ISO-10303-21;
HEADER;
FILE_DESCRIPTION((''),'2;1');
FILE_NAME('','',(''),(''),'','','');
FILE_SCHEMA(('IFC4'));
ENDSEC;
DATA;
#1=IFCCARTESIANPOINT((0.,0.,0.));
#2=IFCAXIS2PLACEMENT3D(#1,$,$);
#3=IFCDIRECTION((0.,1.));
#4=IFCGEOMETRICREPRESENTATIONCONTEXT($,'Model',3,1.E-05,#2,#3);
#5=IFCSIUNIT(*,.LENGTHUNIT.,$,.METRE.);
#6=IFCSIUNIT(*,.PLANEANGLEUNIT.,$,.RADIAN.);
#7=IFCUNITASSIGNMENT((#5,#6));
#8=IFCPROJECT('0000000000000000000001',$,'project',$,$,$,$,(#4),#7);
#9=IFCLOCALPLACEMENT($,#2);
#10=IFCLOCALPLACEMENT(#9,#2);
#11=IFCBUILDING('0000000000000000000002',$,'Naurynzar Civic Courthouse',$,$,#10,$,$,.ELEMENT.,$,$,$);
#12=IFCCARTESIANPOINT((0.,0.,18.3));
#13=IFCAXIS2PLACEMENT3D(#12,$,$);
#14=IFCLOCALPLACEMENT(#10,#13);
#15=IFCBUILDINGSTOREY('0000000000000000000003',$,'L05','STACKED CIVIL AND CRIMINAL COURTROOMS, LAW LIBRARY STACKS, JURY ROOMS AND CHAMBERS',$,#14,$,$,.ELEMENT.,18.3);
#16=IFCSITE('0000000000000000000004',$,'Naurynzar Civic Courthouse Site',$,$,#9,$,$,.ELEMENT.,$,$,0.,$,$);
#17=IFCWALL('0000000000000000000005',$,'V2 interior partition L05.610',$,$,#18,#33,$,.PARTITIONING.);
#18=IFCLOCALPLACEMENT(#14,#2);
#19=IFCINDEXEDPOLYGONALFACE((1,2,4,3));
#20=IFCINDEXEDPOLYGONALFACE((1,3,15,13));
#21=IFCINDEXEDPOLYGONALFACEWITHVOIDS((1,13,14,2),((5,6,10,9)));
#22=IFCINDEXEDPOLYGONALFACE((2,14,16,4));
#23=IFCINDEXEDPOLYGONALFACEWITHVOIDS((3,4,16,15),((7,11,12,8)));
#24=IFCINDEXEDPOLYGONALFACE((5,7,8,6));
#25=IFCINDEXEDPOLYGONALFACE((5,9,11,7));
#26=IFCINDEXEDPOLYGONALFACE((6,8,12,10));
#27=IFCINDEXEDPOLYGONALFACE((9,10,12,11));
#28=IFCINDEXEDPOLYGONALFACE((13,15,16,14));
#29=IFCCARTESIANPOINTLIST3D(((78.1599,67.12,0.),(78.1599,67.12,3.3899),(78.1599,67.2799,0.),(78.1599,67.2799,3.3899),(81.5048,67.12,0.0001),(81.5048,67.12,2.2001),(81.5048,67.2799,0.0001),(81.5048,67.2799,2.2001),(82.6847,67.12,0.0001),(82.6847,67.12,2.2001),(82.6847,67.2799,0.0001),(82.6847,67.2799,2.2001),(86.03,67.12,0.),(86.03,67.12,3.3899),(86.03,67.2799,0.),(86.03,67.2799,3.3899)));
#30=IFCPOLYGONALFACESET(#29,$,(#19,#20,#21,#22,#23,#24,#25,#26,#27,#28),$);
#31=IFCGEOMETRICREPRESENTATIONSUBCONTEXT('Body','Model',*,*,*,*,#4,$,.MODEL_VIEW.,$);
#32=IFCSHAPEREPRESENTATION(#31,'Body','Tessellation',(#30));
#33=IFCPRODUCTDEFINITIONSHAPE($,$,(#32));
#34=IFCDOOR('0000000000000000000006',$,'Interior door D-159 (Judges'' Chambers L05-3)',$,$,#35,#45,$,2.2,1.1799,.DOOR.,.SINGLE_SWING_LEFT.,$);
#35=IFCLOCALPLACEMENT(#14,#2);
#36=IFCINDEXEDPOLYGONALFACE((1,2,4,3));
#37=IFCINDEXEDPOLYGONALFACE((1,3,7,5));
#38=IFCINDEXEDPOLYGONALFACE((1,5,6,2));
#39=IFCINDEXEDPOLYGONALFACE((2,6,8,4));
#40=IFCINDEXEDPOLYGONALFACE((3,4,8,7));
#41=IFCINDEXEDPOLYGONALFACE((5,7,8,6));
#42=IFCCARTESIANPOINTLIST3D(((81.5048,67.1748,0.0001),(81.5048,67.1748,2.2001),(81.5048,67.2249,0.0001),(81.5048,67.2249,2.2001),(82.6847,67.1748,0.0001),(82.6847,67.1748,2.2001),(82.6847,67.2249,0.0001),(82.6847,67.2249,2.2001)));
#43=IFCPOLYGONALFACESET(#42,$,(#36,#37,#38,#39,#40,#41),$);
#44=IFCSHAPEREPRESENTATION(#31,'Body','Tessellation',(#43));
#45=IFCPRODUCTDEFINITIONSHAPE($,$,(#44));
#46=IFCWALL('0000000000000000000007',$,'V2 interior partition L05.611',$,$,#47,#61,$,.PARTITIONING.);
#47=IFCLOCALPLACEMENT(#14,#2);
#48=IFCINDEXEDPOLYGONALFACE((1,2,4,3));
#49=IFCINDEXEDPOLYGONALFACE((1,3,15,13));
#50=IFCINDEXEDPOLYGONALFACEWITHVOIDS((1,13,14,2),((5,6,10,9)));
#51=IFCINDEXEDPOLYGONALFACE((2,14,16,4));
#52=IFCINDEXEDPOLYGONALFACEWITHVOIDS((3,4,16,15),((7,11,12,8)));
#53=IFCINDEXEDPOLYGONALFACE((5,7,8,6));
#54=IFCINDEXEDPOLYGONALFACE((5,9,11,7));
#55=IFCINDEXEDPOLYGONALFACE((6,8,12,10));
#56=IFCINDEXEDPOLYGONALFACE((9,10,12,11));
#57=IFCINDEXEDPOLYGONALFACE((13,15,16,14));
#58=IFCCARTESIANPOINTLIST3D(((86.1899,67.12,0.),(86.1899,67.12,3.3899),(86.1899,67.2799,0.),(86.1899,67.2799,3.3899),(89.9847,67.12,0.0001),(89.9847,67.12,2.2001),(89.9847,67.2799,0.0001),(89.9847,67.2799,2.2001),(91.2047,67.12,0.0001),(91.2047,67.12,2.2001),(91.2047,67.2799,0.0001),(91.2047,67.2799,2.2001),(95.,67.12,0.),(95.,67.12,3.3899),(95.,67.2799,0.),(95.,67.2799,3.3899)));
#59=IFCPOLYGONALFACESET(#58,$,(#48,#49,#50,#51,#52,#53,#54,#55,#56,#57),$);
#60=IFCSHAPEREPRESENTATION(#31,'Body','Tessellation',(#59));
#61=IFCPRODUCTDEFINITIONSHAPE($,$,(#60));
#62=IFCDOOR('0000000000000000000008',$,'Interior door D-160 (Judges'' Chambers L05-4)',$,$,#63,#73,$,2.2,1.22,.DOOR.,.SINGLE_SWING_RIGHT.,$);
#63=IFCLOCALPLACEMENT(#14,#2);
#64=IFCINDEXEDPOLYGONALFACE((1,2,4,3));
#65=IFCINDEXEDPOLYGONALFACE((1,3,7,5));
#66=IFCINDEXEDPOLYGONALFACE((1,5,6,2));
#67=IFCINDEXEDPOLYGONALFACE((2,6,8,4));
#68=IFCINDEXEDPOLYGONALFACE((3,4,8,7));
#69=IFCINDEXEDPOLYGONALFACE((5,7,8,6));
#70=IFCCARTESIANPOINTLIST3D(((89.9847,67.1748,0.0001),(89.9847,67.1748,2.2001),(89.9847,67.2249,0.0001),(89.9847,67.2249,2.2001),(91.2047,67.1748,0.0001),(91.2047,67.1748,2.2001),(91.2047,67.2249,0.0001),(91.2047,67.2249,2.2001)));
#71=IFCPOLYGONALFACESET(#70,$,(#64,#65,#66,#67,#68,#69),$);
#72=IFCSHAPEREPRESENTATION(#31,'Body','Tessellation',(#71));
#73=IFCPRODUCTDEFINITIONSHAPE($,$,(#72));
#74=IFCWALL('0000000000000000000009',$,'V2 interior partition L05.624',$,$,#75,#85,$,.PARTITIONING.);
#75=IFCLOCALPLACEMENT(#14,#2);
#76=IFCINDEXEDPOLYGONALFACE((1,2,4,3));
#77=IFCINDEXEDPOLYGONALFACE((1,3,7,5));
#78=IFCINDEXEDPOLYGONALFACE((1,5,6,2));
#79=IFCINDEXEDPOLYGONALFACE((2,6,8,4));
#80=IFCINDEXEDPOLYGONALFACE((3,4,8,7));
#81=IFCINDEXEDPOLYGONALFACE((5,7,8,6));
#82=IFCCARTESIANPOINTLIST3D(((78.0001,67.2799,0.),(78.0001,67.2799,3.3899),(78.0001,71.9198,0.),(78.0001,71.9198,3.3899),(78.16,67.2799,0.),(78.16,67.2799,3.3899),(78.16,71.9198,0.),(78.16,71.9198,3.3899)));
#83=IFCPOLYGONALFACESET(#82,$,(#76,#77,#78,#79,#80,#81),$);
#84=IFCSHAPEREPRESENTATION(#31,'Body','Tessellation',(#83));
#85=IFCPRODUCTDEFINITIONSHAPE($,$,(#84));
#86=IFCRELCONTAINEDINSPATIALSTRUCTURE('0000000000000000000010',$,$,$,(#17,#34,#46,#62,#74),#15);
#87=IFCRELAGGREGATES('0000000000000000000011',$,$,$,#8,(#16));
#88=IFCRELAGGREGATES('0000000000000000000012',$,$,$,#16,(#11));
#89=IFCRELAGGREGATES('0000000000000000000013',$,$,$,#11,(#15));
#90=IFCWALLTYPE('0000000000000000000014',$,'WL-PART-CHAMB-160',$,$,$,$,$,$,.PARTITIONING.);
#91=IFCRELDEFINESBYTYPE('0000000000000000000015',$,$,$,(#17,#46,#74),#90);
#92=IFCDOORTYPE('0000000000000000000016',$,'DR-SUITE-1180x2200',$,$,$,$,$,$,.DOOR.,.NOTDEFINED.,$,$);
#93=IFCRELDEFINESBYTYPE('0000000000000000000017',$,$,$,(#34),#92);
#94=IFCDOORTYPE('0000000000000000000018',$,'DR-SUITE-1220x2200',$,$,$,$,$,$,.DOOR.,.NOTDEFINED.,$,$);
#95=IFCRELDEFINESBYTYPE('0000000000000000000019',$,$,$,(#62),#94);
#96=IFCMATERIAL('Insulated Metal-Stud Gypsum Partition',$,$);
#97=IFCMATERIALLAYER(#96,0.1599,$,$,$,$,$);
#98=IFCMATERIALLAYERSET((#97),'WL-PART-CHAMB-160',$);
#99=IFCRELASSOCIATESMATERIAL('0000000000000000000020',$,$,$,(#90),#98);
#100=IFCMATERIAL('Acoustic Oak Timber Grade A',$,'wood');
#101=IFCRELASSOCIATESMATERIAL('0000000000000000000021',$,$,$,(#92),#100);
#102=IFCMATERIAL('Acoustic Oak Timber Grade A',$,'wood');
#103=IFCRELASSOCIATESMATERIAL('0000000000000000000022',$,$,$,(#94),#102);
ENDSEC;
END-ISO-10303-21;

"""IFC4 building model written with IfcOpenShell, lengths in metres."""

from ifc_helpers import new_model, si_unit, direction, frame, frame_2d, origin, place, context, subcontext, project, spatial, rectangle, extrude, material, layer, layer_set, type_object, element, fill, save


model = new_model("IFC4")

# Units and contexts
model_context = context("Model", 3, precision=1e-05, world=origin(), true_north=direction((0.0, 1.0)))
body_context = subcontext(model_context, "Body", "Model", "MODEL_VIEW")
ifc_project = project(units=[si_unit("LENGTHUNIT", "METRE"), si_unit("PLANEANGLEUNIT", "RADIAN")], contexts=[model_context])

# Site, building, storey
site_placement = place(None, origin())
site = spatial("IfcSite", under=ifc_project, at=site_placement, Name="Naurynzar Civic Courthouse Site", CompositionType="ELEMENT", RefElevation=0.0)
building_placement = place(site_placement, origin())
building = spatial("IfcBuilding", under=site, at=building_placement, Name="Naurynzar Civic Courthouse", CompositionType="ELEMENT")
storey_placement = place(building_placement, frame((0.0, 0.0, 18.3)))
storey = spatial("IfcBuildingStorey", under=building, at=storey_placement, Name="L05", Description="STACKED CIVIL AND CRIMINAL COURTROOMS, LAW LIBRARY STACKS, JURY ROOMS AND CHAMBERS", CompositionType="ELEMENT", Elevation=18.3)

# Walls, openings, doors
ifc_material_1 = material(Name="Insulated Metal-Stud Gypsum Partition")
ifc_layer = layer(ifc_material_1, 0.1599)
ifc_layer_set = layer_set([ifc_layer], Name="WL-PART-CHAMB-160")
wall_type = type_object("IfcWallType", Name="WL-PART-CHAMB-160", PredefinedType="PARTITIONING", material=ifc_layer_set)
wall_1_placement = place(storey_placement, frame((78.1599, 67.2, 0.0), z_axis=(0.0, 0.0, 1.0), x_axis=(1.0, 0.0, 0.0)))
wall_1 = element("IfcWall", 1, at=wall_1_placement, inside=storey, type_object=wall_type, Name="V2 interior partition L05.610", PredefinedType="PARTITIONING", context=body_context, shape_type="SweptSolid", body=[
    extrude(rectangle(XDim=7.8701, YDim=0.1599, at=frame_2d((3.9351, 0.0))), origin(), (0.0, 0.0, 1.0), 3.3899),
])
opening_1_placement = place(wall_1_placement, frame((3.345, 0.0, 0.0)))
opening_1 = element("IfcOpeningElement", 2, at=opening_1_placement, cuts=wall_1, PredefinedType="OPENING", context=body_context, shape_type="SweptSolid", body=[
    extrude(rectangle(XDim=1.1799, YDim=2.2, at=frame_2d((0.5898, 1.1001))), frame((0.0, 0.0898, 0.0), z_axis=(0.0, -1.0, 0.0), x_axis=(1.0, 0.0, 0.0)), (0.0, 0.0, 1.0), 0.1799),
])
ifc_material_2 = material(Name="Acoustic Oak Timber Grade A", Category="wood")
door_type_1 = type_object("IfcDoorType", Name="DR-SUITE-1180x2200", OperationType="NOTDEFINED", PredefinedType="DOOR", material=ifc_material_2)
door_1_placement = place(opening_1_placement, origin())
door_1 = element("IfcDoor", 3, at=door_1_placement, inside=storey, type_object=door_type_1, Name="Interior door D-159 (Judges' Chambers L05-3)", OperationType="SINGLE_SWING_LEFT", OverallHeight=2.2, OverallWidth=1.1799, PredefinedType="DOOR", context=body_context, shape_type="SweptSolid", body=[
    extrude(rectangle(XDim=1.1799, YDim=2.2, at=frame_2d((0.5898, 1.1001))), frame((0.0, 0.0249, 0.0), z_axis=(0.0, -1.0, 0.0), x_axis=(1.0, 0.0, 0.0)), (0.0, 0.0, 1.0), 0.05),
])
fill(opening_1, door_1)
wall_2_placement = place(storey_placement, frame((86.1899, 67.2, 0.0), z_axis=(0.0, 0.0, 1.0), x_axis=(1.0, 0.0, 0.0)))
wall_2 = element("IfcWall", 4, at=wall_2_placement, inside=storey, type_object=wall_type, Name="V2 interior partition L05.611", PredefinedType="PARTITIONING", context=body_context, shape_type="SweptSolid", body=[
    extrude(rectangle(XDim=8.8101, YDim=0.1599, at=frame_2d((4.405, 0.0))), origin(), (0.0, 0.0, 1.0), 3.3899),
])
opening_2_placement = place(wall_2_placement, frame((3.7949, 0.0, 0.0)))
opening_2 = element("IfcOpeningElement", 5, at=opening_2_placement, cuts=wall_2, PredefinedType="OPENING", context=body_context, shape_type="SweptSolid", body=[
    extrude(rectangle(XDim=1.22, YDim=2.2, at=frame_2d((0.6099, 1.1001))), frame((0.0, 0.0898, 0.0), z_axis=(0.0, -1.0, 0.0), x_axis=(1.0, 0.0, 0.0)), (0.0, 0.0, 1.0), 0.1799),
])
ifc_material_3 = material(Name="Acoustic Oak Timber Grade A", Category="wood")
door_type_2 = type_object("IfcDoorType", Name="DR-SUITE-1220x2200", OperationType="NOTDEFINED", PredefinedType="DOOR", material=ifc_material_3)
door_2_placement = place(opening_2_placement, origin())
door_2 = element("IfcDoor", 6, at=door_2_placement, inside=storey, type_object=door_type_2, Name="Interior door D-160 (Judges' Chambers L05-4)", OperationType="SINGLE_SWING_RIGHT", OverallHeight=2.2, OverallWidth=1.22, PredefinedType="DOOR", context=body_context, shape_type="SweptSolid", body=[
    extrude(rectangle(XDim=1.22, YDim=2.2, at=frame_2d((0.6099, 1.1001))), frame((0.0, 0.0249, 0.0), z_axis=(0.0, -1.0, 0.0), x_axis=(1.0, 0.0, 0.0)), (0.0, 0.0, 1.0), 0.05),
])
fill(opening_2, door_2)

# Wall
wall_3_placement = place(storey_placement, frame((78.0801, 67.28, 0.0), z_axis=(0.0, 0.0, 1.0), x_axis=(0.0, 1.0, 0.0)))
element("IfcWall", 7, at=wall_3_placement, inside=storey, type_object=wall_type, Name="V2 interior partition L05.624", PredefinedType="PARTITIONING", context=body_context, shape_type="SweptSolid", body=[
    extrude(rectangle(XDim=4.6399, YDim=0.1599, at=frame_2d((2.3198, 0.0))), origin(), (0.0, 0.0, 1.0), 3.3899),
])

save(model, "model.ifc")
